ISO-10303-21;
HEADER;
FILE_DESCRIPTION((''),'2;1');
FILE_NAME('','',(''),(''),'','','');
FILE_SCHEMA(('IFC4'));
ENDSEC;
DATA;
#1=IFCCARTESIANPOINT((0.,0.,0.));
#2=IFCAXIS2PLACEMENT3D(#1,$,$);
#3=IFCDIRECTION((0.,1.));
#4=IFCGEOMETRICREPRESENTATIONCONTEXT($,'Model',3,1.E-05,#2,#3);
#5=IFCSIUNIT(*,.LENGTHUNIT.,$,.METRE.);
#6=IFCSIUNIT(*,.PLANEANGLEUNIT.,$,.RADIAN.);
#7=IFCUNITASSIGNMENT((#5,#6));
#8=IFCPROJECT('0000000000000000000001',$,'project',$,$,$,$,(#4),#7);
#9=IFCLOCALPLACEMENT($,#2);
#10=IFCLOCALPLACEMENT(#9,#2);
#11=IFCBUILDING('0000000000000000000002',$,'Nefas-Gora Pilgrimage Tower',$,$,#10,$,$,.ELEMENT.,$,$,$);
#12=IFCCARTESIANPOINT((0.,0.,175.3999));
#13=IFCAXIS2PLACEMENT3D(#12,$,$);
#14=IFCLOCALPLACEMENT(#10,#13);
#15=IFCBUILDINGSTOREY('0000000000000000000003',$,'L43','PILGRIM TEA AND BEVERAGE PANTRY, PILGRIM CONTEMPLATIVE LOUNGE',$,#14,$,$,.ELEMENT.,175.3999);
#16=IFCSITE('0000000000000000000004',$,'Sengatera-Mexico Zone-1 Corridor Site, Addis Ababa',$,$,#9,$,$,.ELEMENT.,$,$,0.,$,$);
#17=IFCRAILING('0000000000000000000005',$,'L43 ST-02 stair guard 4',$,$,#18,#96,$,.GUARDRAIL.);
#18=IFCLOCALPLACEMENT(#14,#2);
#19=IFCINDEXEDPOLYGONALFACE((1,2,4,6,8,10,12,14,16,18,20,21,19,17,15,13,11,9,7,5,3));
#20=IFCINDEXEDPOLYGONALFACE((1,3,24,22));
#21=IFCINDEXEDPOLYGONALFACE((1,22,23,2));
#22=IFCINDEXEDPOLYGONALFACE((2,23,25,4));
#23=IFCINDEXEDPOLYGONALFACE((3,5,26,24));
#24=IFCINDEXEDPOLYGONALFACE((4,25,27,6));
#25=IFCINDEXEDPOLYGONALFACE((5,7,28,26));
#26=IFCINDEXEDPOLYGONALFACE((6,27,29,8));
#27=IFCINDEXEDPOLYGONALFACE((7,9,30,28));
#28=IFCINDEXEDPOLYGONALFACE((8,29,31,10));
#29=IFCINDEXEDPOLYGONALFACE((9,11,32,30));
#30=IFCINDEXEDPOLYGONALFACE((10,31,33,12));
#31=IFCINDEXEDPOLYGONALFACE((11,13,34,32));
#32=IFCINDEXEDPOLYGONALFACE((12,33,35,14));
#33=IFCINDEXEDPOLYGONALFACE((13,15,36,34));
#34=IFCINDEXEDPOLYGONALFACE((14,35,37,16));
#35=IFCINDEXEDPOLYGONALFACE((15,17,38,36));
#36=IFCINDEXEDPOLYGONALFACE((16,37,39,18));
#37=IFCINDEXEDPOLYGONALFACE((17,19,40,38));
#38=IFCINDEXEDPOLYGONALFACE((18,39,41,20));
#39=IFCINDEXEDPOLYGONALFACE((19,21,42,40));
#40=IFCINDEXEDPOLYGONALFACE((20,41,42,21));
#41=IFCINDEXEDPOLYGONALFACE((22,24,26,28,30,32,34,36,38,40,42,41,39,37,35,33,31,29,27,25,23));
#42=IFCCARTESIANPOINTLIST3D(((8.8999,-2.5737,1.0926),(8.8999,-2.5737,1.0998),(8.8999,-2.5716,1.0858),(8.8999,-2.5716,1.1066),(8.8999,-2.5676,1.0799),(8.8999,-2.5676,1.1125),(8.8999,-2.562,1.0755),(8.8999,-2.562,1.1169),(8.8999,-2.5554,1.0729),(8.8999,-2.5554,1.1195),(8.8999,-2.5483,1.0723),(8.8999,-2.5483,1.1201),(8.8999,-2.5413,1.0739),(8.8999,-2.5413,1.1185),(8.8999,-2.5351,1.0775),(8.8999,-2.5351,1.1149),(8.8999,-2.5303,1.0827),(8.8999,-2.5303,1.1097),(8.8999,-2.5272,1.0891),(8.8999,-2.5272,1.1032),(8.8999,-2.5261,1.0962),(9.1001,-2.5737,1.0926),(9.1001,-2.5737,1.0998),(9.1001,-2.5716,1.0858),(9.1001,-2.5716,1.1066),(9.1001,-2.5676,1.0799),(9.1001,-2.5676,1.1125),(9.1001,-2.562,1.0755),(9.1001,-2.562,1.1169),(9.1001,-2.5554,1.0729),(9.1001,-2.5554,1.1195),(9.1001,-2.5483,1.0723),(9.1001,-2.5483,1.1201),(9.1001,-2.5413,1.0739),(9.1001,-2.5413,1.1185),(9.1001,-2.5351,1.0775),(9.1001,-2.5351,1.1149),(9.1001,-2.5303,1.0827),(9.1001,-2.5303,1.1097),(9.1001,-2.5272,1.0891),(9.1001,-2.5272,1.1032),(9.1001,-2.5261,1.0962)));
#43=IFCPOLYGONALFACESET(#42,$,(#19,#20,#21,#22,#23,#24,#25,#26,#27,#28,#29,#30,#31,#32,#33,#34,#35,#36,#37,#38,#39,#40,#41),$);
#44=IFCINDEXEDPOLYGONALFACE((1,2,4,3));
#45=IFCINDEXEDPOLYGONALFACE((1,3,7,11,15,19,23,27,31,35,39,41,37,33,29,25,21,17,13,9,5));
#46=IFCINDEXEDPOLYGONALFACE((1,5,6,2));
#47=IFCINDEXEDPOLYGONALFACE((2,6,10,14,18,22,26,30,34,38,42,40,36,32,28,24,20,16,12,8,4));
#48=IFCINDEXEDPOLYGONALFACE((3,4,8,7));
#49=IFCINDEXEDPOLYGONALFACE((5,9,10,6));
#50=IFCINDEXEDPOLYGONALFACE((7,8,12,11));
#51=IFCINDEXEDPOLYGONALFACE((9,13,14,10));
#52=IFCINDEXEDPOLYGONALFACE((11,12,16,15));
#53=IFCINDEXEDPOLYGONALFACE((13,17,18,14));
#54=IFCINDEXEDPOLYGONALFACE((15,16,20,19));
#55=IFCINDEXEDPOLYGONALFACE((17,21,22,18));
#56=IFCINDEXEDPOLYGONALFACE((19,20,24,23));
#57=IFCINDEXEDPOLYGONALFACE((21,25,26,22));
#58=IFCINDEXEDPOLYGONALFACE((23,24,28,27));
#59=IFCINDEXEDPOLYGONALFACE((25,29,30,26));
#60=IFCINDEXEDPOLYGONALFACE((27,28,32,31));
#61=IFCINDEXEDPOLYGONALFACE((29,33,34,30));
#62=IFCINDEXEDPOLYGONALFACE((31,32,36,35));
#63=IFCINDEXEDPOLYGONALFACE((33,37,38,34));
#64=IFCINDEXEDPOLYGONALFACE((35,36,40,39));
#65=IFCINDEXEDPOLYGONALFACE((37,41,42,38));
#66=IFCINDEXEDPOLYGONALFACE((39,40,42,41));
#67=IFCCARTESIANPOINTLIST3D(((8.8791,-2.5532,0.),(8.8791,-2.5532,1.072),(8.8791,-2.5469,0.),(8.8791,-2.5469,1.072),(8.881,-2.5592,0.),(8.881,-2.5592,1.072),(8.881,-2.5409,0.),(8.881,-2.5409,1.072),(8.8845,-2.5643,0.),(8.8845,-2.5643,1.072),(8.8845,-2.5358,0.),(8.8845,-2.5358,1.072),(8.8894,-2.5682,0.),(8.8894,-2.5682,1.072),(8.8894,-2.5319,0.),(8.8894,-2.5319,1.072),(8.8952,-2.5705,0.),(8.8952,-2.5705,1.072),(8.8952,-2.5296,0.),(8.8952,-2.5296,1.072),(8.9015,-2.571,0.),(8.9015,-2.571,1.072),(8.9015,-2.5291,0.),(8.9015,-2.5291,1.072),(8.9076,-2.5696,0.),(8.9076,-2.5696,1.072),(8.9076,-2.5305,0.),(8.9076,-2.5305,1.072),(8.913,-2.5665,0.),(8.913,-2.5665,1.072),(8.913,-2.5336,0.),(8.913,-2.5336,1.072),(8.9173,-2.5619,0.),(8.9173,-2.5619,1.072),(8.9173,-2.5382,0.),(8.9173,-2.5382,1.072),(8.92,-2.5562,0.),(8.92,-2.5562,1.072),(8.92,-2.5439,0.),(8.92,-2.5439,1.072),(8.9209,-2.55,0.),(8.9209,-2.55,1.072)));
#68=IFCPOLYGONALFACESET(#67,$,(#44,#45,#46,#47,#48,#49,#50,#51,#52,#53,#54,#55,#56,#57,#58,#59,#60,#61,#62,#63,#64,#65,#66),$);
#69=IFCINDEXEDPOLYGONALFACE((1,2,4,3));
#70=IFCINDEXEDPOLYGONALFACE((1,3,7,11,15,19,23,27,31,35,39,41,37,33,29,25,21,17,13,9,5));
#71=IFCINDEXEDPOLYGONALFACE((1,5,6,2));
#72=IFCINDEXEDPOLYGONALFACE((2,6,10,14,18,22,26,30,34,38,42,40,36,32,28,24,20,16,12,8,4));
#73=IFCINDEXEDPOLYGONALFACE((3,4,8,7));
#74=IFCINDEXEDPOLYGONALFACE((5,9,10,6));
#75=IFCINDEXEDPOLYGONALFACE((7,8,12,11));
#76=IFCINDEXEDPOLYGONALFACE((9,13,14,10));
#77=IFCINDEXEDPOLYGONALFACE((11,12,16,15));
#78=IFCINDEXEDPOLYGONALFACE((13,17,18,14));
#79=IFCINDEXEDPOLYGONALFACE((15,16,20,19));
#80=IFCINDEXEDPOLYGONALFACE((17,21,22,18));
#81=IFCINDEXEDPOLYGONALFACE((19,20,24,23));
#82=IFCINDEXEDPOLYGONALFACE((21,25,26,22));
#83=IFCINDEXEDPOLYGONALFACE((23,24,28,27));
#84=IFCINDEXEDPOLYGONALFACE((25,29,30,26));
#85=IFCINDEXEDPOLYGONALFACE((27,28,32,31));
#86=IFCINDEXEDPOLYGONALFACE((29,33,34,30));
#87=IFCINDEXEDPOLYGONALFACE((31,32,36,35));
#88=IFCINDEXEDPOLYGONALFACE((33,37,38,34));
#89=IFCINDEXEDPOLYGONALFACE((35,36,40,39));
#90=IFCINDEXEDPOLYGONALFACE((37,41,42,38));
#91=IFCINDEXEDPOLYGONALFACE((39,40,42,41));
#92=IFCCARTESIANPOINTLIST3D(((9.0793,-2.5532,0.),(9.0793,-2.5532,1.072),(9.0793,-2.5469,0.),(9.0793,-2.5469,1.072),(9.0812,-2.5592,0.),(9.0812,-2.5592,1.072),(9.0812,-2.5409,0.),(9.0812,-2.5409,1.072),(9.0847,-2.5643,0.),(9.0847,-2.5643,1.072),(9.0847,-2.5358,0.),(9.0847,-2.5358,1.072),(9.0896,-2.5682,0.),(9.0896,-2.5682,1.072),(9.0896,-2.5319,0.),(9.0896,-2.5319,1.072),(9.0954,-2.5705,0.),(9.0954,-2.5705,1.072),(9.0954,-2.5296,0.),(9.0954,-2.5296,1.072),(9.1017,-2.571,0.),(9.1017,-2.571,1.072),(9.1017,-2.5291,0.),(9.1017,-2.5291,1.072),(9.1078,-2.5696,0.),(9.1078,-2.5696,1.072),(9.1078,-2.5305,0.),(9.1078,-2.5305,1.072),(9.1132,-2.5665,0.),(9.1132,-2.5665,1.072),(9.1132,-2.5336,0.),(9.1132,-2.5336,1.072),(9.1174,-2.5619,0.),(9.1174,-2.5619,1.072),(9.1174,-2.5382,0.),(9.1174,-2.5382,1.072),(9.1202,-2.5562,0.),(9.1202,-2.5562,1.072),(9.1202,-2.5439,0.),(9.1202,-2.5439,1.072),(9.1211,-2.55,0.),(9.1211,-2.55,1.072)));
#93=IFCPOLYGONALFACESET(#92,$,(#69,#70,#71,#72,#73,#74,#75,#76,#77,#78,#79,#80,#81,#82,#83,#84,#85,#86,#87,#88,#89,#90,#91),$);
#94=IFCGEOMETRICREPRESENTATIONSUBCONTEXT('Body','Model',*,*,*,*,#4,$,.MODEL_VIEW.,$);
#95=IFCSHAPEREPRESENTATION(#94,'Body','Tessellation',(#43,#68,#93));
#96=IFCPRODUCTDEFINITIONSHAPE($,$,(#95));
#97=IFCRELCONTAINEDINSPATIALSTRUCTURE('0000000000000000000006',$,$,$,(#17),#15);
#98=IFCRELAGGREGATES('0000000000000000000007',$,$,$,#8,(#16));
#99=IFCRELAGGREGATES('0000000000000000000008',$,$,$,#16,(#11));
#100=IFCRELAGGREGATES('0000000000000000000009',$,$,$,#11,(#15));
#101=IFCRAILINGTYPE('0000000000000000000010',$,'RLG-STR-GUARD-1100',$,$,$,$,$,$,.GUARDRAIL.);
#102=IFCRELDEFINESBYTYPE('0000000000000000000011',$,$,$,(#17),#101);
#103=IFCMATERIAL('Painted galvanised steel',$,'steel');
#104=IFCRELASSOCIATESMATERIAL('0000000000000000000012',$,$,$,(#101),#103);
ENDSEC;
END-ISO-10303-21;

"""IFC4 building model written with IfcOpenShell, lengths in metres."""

from ifc_helpers import new_model, si_unit, direction, frame, origin, origin_2d, place, context, subcontext, project, spatial, circle, extrude, material, type_object, element, save


model = new_model("IFC4")

# Units and contexts
model_context = context("Model", 3, precision=1e-05, world=origin(), true_north=direction((0.0, 1.0)))
body_context = subcontext(model_context, "Body", "Model", "MODEL_VIEW")
ifc_project = project(units=[si_unit("LENGTHUNIT", "METRE"), si_unit("PLANEANGLEUNIT", "RADIAN")], contexts=[model_context])

# Site, building, storey
site_placement = place(None, origin())
site = spatial("IfcSite", under=ifc_project, at=site_placement, Name="Sengatera-Mexico Zone-1 Corridor Site, Addis Ababa", CompositionType="ELEMENT", RefElevation=0.0)
building_placement = place(site_placement, origin())
building = spatial("IfcBuilding", under=site, at=building_placement, Name="Nefas-Gora Pilgrimage Tower", CompositionType="ELEMENT")
storey_placement = place(building_placement, frame((0.0, 0.0, 175.3999)))
storey = spatial("IfcBuildingStorey", under=building, at=storey_placement, Name="L43", Description="PILGRIM TEA AND BEVERAGE PANTRY, PILGRIM CONTEMPLATIVE LOUNGE", CompositionType="ELEMENT", Elevation=175.3999)

# Railing
ifc_material_1 = material(Name="Painted galvanised steel", Category="steel")
railing_type_1 = type_object("IfcRailingType", Name="RLG-STR-GUARD-1100", PredefinedType="GUARDRAIL", material=ifc_material_1)
railing_1_placement = place(storey_placement, frame((8.8999, -2.55, 0.0)))
element("IfcRailing", 1, at=railing_1_placement, inside=storey, type_object=railing_type_1, Name="L43 ST-02 stair guard 4", PredefinedType="GUARDRAIL", context=body_context, shape_type="SweptSolid", body=[
    extrude(circle(Radius=0.0239, at=origin_2d()), frame((0.0, 0.0, 1.0962), z_axis=(1.0, 0.0, 0.0), x_axis=(0.0, 1.0, 0.0)), (0.0, 0.0, 1.0), 0.2002),
    extrude(circle(Radius=0.021, at=origin_2d()), origin(), (0.0, 0.0, 1.0), 1.072),
    extrude(circle(Radius=0.021, at=origin_2d()), frame((0.2002, 0.0, 0.0)), (0.0, 0.0, 1.0), 1.072),
])

save(model, "model.ifc")
